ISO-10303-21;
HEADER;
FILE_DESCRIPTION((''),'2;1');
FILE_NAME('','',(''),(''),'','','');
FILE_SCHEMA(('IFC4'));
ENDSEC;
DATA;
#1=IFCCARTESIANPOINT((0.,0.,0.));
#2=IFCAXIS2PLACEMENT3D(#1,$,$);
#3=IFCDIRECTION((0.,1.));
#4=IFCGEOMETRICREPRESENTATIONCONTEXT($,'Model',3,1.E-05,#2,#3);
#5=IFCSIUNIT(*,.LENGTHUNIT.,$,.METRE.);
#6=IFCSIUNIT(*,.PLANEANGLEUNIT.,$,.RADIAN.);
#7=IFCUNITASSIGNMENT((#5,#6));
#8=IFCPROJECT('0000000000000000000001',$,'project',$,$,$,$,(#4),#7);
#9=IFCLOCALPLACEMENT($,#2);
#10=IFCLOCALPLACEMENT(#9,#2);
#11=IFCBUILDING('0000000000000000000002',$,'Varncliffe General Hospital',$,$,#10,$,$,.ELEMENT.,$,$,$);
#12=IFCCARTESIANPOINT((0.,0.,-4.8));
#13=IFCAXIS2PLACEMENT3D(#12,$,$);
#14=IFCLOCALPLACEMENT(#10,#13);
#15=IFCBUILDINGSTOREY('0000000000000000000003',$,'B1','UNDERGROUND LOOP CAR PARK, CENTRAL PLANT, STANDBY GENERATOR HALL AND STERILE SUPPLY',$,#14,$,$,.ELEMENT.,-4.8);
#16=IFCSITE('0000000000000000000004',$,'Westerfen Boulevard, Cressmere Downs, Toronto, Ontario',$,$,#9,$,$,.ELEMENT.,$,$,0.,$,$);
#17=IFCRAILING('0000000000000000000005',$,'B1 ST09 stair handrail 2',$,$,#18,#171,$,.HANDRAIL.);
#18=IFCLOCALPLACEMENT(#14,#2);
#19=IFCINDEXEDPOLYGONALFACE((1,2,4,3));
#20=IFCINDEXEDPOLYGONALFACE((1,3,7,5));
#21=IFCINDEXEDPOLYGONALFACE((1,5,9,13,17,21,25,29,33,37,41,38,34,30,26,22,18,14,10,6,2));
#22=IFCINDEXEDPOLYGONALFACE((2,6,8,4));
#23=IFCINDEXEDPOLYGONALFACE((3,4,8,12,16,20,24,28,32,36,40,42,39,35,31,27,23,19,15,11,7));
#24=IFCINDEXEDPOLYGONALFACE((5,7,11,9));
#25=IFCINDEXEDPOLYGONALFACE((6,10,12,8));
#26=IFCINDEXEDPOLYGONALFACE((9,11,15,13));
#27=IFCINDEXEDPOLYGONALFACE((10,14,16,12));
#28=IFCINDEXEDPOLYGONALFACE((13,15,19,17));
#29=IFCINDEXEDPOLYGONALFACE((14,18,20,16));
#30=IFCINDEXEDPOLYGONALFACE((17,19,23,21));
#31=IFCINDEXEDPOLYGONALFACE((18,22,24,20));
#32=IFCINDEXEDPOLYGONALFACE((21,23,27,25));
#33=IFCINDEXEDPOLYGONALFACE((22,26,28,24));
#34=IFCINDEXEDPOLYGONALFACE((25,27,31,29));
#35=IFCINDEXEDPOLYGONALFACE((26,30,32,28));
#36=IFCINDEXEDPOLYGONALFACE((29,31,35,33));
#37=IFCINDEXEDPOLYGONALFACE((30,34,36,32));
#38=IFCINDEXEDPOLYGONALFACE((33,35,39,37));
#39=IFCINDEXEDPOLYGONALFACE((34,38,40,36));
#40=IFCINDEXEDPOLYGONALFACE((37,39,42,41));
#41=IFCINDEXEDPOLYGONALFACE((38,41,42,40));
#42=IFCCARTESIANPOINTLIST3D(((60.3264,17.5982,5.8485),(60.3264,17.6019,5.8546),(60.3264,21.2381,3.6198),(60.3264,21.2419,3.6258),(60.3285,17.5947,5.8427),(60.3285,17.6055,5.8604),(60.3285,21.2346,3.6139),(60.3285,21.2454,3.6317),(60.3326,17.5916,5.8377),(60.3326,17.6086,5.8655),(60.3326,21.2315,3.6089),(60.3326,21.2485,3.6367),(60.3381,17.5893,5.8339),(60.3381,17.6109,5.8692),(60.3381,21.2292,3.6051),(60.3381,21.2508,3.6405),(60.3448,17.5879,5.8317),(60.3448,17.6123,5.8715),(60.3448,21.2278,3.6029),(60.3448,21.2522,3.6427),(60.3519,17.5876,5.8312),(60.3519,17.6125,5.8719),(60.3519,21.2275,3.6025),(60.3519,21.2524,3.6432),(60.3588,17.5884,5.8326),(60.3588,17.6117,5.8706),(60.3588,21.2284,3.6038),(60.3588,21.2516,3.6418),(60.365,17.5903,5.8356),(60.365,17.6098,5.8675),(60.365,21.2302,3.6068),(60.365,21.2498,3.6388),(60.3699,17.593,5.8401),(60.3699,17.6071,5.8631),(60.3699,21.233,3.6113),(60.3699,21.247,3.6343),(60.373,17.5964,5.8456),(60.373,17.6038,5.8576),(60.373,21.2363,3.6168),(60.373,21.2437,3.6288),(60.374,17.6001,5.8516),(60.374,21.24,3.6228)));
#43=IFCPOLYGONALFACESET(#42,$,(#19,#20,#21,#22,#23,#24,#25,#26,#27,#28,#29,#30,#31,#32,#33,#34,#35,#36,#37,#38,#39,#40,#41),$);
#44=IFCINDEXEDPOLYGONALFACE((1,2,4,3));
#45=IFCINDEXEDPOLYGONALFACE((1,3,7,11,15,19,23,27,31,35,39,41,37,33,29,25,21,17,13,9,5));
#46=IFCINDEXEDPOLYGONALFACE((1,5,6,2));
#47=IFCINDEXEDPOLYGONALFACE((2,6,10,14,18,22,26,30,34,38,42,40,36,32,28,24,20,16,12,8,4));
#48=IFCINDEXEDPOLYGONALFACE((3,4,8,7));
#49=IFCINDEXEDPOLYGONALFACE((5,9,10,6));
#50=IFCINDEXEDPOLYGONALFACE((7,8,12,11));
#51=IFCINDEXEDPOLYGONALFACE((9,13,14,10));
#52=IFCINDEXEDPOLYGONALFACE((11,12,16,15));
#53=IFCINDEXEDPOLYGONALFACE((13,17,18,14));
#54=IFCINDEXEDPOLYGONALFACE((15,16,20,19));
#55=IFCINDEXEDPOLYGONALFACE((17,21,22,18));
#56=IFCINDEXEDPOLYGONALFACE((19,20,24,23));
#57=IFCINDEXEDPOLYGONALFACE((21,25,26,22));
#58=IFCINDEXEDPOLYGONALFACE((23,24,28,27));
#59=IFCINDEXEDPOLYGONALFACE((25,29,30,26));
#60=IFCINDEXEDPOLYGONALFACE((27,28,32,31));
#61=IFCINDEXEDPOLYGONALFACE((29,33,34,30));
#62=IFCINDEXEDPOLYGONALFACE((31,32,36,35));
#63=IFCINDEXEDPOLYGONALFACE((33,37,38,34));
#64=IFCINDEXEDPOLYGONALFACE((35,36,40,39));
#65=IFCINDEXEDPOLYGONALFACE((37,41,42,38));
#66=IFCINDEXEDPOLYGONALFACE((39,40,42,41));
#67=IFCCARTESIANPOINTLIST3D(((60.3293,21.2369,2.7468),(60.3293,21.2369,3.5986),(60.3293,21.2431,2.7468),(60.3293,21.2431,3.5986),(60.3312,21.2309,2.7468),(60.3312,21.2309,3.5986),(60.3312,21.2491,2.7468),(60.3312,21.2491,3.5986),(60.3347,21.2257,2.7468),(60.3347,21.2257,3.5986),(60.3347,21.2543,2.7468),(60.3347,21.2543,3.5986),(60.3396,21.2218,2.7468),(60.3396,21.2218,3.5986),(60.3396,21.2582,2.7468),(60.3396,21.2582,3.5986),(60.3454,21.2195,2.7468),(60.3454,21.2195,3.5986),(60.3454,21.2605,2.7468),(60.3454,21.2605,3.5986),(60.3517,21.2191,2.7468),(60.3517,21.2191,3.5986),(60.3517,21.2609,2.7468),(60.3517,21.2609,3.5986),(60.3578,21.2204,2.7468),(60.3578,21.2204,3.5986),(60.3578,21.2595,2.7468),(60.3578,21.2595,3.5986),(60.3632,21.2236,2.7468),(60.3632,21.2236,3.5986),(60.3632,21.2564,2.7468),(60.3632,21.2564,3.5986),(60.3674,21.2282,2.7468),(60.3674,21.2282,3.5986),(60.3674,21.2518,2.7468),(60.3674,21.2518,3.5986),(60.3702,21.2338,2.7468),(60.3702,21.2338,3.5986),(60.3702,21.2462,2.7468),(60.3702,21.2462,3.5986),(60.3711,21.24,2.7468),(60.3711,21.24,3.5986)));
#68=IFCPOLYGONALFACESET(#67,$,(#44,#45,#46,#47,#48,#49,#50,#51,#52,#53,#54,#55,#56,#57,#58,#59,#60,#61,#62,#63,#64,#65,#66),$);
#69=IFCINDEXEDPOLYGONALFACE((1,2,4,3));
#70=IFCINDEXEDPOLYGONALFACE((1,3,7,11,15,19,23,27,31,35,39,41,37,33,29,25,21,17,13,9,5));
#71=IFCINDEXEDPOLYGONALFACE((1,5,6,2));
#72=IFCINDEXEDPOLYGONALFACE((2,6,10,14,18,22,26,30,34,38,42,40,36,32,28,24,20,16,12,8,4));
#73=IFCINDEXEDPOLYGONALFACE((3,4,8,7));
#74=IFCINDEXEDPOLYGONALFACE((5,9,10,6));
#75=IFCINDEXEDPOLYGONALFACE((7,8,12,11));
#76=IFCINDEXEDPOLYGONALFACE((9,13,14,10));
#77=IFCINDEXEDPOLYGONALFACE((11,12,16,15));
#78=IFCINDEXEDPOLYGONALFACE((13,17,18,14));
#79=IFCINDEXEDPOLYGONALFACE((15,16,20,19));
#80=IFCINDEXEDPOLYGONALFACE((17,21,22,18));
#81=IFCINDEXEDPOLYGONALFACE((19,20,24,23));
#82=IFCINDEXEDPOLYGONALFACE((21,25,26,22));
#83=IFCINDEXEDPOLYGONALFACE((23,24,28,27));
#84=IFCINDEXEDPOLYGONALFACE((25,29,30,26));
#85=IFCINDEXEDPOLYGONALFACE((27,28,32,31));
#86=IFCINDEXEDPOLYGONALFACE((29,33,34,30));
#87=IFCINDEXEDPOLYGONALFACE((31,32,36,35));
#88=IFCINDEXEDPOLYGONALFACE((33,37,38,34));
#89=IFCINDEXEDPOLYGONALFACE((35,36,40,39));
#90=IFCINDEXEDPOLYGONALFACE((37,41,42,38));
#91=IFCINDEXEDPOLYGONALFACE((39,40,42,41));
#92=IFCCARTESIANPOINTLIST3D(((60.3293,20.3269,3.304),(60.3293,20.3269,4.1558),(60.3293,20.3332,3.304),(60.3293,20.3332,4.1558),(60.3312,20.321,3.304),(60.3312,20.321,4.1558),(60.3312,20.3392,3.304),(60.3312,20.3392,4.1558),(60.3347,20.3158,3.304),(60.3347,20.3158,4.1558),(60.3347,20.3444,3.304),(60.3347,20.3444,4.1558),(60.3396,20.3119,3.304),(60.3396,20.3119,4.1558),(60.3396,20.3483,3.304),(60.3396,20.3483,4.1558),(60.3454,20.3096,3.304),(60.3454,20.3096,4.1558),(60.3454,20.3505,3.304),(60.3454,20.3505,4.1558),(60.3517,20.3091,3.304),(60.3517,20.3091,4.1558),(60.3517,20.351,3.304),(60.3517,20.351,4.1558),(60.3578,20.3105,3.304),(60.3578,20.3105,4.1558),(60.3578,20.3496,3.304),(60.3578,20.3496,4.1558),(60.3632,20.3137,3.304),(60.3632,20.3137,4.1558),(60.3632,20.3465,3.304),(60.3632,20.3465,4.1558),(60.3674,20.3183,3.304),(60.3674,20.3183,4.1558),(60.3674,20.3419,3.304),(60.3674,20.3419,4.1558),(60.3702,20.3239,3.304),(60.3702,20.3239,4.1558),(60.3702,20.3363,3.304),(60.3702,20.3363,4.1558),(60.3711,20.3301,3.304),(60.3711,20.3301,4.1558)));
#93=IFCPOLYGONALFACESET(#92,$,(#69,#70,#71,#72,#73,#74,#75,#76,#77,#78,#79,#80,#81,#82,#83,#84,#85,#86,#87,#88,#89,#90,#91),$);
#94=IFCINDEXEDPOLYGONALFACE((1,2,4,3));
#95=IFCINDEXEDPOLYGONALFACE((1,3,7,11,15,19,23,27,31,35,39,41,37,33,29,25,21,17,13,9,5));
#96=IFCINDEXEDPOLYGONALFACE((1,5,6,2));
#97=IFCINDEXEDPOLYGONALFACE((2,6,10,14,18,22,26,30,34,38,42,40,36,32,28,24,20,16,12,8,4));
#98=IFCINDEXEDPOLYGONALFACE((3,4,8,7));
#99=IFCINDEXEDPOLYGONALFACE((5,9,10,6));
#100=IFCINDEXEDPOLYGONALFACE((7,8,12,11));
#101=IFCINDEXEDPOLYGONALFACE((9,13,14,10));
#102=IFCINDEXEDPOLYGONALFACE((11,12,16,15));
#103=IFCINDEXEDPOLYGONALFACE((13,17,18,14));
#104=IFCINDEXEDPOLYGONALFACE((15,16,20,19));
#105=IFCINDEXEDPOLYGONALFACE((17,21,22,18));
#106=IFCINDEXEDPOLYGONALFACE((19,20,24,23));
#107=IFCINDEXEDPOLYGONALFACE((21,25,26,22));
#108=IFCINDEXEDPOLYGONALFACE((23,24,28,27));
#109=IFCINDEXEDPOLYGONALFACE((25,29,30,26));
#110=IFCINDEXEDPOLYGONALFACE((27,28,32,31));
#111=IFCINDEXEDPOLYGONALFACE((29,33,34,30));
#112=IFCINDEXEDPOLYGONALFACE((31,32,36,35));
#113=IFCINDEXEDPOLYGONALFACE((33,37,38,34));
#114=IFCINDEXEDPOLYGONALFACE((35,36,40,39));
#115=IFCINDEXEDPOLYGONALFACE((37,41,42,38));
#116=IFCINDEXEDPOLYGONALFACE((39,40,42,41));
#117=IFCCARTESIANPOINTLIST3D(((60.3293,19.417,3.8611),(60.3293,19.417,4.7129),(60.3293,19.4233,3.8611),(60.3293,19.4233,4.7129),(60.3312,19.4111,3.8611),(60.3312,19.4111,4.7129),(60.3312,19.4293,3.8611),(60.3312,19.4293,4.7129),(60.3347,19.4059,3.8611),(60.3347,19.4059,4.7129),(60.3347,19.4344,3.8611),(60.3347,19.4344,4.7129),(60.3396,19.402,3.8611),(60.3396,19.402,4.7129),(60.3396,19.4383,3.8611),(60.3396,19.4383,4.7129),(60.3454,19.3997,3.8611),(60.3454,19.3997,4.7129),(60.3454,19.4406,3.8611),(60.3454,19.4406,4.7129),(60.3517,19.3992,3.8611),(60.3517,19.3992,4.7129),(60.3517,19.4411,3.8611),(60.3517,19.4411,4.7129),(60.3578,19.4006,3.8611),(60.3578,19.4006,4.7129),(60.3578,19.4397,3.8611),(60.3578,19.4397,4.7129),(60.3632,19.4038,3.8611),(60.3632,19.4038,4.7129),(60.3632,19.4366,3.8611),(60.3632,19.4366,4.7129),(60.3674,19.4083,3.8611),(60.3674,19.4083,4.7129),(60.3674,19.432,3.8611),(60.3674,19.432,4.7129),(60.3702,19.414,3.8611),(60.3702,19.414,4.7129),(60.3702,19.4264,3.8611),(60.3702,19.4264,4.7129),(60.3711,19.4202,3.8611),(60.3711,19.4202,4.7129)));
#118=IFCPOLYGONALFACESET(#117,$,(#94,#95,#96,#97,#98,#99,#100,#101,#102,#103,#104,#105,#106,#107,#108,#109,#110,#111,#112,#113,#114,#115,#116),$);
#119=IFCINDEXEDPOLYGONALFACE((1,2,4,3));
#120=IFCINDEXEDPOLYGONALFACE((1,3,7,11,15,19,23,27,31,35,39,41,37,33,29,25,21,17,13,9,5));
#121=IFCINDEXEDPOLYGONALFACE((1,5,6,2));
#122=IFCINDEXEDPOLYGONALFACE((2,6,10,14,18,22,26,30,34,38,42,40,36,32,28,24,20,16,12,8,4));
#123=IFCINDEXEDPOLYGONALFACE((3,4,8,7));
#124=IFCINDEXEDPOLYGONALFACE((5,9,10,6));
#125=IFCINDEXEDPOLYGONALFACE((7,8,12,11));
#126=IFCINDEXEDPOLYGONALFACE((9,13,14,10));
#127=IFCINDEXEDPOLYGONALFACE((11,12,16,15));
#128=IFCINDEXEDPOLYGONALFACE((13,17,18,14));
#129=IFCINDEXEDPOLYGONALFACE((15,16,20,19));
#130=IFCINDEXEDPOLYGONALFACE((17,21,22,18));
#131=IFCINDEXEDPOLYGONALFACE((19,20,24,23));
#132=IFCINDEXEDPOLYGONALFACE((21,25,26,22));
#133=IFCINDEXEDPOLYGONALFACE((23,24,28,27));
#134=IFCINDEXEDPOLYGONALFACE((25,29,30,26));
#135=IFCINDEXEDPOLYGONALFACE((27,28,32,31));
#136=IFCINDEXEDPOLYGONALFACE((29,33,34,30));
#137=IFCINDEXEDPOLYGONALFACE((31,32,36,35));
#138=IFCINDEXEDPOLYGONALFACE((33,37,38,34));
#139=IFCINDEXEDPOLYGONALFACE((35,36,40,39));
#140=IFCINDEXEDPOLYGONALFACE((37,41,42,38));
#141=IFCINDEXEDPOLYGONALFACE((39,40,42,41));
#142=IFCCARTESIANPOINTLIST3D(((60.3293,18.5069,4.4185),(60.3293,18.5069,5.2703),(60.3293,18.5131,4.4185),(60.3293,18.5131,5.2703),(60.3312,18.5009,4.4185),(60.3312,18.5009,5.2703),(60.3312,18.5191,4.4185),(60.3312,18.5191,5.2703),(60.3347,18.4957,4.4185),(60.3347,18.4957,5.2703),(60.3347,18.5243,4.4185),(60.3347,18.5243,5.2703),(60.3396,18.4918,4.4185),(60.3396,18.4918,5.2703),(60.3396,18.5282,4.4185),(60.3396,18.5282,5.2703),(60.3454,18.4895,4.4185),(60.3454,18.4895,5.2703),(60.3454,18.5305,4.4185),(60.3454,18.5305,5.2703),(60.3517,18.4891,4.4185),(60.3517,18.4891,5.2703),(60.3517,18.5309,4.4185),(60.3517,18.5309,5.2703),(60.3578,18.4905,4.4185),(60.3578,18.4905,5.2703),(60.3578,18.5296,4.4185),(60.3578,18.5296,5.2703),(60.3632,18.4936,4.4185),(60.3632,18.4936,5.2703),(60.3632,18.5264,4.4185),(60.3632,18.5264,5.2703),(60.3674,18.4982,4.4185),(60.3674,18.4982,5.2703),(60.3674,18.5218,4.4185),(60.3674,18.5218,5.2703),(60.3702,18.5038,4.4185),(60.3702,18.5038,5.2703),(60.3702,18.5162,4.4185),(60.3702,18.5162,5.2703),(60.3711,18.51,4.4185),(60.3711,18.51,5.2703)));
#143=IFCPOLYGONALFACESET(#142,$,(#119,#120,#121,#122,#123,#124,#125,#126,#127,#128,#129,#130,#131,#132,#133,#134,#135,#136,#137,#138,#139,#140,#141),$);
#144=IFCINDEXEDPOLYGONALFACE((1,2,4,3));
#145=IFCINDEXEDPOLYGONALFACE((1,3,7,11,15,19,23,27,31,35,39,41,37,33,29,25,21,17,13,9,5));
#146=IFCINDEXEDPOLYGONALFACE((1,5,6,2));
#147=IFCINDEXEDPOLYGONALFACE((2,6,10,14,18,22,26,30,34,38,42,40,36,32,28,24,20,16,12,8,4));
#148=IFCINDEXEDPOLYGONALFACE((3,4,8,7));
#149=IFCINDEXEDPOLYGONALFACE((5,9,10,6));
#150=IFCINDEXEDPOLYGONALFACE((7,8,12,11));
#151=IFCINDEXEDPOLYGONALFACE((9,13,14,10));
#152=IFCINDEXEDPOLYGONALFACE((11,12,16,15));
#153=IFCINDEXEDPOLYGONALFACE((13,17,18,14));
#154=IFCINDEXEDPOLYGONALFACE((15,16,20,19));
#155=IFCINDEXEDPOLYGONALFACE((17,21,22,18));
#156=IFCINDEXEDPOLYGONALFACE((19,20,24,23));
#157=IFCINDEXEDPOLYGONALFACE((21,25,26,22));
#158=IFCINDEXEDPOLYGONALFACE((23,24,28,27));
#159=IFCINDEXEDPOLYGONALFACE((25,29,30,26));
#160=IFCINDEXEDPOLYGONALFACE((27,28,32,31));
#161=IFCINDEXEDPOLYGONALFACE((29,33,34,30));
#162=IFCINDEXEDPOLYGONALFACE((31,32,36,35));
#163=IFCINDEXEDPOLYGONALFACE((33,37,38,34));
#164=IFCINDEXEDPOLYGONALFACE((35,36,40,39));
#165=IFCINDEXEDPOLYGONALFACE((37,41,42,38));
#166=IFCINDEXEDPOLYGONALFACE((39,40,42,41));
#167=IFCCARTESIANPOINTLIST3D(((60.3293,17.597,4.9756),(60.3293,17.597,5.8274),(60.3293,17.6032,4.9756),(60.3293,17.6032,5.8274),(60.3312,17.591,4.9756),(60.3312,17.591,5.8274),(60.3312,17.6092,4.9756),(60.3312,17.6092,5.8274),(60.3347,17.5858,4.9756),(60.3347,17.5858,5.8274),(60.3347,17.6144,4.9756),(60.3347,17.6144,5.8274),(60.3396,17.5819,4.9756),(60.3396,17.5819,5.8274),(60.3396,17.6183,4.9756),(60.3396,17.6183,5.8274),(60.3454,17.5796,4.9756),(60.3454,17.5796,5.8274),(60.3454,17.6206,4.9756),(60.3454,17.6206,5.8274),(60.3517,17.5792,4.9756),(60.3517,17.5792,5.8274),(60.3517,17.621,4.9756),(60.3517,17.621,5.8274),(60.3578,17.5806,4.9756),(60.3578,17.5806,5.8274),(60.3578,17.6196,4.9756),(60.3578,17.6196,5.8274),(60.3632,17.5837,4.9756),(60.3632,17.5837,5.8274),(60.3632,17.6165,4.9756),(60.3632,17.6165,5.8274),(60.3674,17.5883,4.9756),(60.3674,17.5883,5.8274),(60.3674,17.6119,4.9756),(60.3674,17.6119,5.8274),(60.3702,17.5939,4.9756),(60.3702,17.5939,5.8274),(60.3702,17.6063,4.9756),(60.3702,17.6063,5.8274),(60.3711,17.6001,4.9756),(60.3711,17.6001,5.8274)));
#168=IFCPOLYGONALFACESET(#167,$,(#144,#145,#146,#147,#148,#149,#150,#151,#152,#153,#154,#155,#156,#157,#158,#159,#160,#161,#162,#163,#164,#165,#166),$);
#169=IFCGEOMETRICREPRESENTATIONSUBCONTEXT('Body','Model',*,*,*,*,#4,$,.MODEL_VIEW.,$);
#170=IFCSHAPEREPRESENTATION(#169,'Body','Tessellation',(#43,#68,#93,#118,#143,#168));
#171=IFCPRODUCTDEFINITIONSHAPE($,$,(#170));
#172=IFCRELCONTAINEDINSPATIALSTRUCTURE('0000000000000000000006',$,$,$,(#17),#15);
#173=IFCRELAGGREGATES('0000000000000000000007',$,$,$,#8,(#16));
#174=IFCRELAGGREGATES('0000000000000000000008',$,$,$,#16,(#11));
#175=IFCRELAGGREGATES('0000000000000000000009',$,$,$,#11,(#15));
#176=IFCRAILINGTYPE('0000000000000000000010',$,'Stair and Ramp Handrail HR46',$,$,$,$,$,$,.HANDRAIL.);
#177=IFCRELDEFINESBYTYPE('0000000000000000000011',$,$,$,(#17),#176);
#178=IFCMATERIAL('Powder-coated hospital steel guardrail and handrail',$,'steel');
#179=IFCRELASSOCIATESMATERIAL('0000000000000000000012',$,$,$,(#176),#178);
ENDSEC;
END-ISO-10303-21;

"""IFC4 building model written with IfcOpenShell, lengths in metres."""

from ifc_helpers import new_model, si_unit, direction, frame, origin, origin_2d, place, context, subcontext, project, spatial, circle, extrude, material, type_object, element, save


model = new_model("IFC4")

# Units and contexts
model_context = context("Model", 3, precision=1e-05, world=origin(), true_north=direction((0.0, 1.0)))
body_context = subcontext(model_context, "Body", "Model", "MODEL_VIEW")
ifc_project = project(units=[si_unit("LENGTHUNIT", "METRE"), si_unit("PLANEANGLEUNIT", "RADIAN")], contexts=[model_context])

# Site, building, storey
site_placement = place(None, origin())
site = spatial("IfcSite", under=ifc_project, at=site_placement, Name="Westerfen Boulevard, Cressmere Downs, Toronto, Ontario", CompositionType="ELEMENT", RefElevation=0.0)
building_placement = place(site_placement, origin())
building = spatial("IfcBuilding", under=site, at=building_placement, Name="Varncliffe General Hospital", CompositionType="ELEMENT")
storey_placement = place(building_placement, frame((0.0, 0.0, -4.8)))
storey = spatial("IfcBuildingStorey", under=building, at=storey_placement, Name="B1", Description="UNDERGROUND LOOP CAR PARK, CENTRAL PLANT, STANDBY GENERATOR HALL AND STERILE SUPPLY", CompositionType="ELEMENT", Elevation=-4.8)

# Railing
ifc_material_1 = material(Name="Powder-coated hospital steel guardrail and handrail", Category="steel")
railing_type_1 = type_object("IfcRailingType", Name="Stair and Ramp Handrail HR46", PredefinedType="HANDRAIL", material=ifc_material_1)
railing_1_placement = place(storey_placement, frame((60.3501, 21.24, 2.7468)))
element("IfcRailing", 1, at=railing_1_placement, inside=storey, type_object=railing_type_1, Name="B1 ST09 stair handrail 2", PredefinedType="HANDRAIL", context=body_context, shape_type="SweptSolid", body=[
    extrude(circle(Radius=0.0239, at=origin_2d()), frame((0.0, 0.0, 0.876), z_axis=(0.0, -0.852825, 0.522197), x_axis=(1.0, 0.0, 0.0)), (0.0, 0.0, 1.0), 4.2681),
    extrude(circle(Radius=0.021, at=origin_2d()), origin(), (0.0, 0.0, 1.0), 0.8518),
    extrude(circle(Radius=0.021, at=origin_2d()), frame((0.0, -0.9099, 0.5571)), (0.0, 0.0, 1.0), 0.8518),
    extrude(circle(Radius=0.021, at=origin_2d()), frame((0.0, -1.8198, 1.1143)), (0.0, 0.0, 1.0), 0.8518),
    extrude(circle(Radius=0.021, at=origin_2d()), frame((0.0, -2.73, 1.6716)), (0.0, 0.0, 1.0), 0.8518),
    extrude(circle(Radius=0.021, at=origin_2d()), frame((0.0, -3.6399, 2.2288)), (0.0, 0.0, 1.0), 0.8518),
])

save(model, "model.ifc")
